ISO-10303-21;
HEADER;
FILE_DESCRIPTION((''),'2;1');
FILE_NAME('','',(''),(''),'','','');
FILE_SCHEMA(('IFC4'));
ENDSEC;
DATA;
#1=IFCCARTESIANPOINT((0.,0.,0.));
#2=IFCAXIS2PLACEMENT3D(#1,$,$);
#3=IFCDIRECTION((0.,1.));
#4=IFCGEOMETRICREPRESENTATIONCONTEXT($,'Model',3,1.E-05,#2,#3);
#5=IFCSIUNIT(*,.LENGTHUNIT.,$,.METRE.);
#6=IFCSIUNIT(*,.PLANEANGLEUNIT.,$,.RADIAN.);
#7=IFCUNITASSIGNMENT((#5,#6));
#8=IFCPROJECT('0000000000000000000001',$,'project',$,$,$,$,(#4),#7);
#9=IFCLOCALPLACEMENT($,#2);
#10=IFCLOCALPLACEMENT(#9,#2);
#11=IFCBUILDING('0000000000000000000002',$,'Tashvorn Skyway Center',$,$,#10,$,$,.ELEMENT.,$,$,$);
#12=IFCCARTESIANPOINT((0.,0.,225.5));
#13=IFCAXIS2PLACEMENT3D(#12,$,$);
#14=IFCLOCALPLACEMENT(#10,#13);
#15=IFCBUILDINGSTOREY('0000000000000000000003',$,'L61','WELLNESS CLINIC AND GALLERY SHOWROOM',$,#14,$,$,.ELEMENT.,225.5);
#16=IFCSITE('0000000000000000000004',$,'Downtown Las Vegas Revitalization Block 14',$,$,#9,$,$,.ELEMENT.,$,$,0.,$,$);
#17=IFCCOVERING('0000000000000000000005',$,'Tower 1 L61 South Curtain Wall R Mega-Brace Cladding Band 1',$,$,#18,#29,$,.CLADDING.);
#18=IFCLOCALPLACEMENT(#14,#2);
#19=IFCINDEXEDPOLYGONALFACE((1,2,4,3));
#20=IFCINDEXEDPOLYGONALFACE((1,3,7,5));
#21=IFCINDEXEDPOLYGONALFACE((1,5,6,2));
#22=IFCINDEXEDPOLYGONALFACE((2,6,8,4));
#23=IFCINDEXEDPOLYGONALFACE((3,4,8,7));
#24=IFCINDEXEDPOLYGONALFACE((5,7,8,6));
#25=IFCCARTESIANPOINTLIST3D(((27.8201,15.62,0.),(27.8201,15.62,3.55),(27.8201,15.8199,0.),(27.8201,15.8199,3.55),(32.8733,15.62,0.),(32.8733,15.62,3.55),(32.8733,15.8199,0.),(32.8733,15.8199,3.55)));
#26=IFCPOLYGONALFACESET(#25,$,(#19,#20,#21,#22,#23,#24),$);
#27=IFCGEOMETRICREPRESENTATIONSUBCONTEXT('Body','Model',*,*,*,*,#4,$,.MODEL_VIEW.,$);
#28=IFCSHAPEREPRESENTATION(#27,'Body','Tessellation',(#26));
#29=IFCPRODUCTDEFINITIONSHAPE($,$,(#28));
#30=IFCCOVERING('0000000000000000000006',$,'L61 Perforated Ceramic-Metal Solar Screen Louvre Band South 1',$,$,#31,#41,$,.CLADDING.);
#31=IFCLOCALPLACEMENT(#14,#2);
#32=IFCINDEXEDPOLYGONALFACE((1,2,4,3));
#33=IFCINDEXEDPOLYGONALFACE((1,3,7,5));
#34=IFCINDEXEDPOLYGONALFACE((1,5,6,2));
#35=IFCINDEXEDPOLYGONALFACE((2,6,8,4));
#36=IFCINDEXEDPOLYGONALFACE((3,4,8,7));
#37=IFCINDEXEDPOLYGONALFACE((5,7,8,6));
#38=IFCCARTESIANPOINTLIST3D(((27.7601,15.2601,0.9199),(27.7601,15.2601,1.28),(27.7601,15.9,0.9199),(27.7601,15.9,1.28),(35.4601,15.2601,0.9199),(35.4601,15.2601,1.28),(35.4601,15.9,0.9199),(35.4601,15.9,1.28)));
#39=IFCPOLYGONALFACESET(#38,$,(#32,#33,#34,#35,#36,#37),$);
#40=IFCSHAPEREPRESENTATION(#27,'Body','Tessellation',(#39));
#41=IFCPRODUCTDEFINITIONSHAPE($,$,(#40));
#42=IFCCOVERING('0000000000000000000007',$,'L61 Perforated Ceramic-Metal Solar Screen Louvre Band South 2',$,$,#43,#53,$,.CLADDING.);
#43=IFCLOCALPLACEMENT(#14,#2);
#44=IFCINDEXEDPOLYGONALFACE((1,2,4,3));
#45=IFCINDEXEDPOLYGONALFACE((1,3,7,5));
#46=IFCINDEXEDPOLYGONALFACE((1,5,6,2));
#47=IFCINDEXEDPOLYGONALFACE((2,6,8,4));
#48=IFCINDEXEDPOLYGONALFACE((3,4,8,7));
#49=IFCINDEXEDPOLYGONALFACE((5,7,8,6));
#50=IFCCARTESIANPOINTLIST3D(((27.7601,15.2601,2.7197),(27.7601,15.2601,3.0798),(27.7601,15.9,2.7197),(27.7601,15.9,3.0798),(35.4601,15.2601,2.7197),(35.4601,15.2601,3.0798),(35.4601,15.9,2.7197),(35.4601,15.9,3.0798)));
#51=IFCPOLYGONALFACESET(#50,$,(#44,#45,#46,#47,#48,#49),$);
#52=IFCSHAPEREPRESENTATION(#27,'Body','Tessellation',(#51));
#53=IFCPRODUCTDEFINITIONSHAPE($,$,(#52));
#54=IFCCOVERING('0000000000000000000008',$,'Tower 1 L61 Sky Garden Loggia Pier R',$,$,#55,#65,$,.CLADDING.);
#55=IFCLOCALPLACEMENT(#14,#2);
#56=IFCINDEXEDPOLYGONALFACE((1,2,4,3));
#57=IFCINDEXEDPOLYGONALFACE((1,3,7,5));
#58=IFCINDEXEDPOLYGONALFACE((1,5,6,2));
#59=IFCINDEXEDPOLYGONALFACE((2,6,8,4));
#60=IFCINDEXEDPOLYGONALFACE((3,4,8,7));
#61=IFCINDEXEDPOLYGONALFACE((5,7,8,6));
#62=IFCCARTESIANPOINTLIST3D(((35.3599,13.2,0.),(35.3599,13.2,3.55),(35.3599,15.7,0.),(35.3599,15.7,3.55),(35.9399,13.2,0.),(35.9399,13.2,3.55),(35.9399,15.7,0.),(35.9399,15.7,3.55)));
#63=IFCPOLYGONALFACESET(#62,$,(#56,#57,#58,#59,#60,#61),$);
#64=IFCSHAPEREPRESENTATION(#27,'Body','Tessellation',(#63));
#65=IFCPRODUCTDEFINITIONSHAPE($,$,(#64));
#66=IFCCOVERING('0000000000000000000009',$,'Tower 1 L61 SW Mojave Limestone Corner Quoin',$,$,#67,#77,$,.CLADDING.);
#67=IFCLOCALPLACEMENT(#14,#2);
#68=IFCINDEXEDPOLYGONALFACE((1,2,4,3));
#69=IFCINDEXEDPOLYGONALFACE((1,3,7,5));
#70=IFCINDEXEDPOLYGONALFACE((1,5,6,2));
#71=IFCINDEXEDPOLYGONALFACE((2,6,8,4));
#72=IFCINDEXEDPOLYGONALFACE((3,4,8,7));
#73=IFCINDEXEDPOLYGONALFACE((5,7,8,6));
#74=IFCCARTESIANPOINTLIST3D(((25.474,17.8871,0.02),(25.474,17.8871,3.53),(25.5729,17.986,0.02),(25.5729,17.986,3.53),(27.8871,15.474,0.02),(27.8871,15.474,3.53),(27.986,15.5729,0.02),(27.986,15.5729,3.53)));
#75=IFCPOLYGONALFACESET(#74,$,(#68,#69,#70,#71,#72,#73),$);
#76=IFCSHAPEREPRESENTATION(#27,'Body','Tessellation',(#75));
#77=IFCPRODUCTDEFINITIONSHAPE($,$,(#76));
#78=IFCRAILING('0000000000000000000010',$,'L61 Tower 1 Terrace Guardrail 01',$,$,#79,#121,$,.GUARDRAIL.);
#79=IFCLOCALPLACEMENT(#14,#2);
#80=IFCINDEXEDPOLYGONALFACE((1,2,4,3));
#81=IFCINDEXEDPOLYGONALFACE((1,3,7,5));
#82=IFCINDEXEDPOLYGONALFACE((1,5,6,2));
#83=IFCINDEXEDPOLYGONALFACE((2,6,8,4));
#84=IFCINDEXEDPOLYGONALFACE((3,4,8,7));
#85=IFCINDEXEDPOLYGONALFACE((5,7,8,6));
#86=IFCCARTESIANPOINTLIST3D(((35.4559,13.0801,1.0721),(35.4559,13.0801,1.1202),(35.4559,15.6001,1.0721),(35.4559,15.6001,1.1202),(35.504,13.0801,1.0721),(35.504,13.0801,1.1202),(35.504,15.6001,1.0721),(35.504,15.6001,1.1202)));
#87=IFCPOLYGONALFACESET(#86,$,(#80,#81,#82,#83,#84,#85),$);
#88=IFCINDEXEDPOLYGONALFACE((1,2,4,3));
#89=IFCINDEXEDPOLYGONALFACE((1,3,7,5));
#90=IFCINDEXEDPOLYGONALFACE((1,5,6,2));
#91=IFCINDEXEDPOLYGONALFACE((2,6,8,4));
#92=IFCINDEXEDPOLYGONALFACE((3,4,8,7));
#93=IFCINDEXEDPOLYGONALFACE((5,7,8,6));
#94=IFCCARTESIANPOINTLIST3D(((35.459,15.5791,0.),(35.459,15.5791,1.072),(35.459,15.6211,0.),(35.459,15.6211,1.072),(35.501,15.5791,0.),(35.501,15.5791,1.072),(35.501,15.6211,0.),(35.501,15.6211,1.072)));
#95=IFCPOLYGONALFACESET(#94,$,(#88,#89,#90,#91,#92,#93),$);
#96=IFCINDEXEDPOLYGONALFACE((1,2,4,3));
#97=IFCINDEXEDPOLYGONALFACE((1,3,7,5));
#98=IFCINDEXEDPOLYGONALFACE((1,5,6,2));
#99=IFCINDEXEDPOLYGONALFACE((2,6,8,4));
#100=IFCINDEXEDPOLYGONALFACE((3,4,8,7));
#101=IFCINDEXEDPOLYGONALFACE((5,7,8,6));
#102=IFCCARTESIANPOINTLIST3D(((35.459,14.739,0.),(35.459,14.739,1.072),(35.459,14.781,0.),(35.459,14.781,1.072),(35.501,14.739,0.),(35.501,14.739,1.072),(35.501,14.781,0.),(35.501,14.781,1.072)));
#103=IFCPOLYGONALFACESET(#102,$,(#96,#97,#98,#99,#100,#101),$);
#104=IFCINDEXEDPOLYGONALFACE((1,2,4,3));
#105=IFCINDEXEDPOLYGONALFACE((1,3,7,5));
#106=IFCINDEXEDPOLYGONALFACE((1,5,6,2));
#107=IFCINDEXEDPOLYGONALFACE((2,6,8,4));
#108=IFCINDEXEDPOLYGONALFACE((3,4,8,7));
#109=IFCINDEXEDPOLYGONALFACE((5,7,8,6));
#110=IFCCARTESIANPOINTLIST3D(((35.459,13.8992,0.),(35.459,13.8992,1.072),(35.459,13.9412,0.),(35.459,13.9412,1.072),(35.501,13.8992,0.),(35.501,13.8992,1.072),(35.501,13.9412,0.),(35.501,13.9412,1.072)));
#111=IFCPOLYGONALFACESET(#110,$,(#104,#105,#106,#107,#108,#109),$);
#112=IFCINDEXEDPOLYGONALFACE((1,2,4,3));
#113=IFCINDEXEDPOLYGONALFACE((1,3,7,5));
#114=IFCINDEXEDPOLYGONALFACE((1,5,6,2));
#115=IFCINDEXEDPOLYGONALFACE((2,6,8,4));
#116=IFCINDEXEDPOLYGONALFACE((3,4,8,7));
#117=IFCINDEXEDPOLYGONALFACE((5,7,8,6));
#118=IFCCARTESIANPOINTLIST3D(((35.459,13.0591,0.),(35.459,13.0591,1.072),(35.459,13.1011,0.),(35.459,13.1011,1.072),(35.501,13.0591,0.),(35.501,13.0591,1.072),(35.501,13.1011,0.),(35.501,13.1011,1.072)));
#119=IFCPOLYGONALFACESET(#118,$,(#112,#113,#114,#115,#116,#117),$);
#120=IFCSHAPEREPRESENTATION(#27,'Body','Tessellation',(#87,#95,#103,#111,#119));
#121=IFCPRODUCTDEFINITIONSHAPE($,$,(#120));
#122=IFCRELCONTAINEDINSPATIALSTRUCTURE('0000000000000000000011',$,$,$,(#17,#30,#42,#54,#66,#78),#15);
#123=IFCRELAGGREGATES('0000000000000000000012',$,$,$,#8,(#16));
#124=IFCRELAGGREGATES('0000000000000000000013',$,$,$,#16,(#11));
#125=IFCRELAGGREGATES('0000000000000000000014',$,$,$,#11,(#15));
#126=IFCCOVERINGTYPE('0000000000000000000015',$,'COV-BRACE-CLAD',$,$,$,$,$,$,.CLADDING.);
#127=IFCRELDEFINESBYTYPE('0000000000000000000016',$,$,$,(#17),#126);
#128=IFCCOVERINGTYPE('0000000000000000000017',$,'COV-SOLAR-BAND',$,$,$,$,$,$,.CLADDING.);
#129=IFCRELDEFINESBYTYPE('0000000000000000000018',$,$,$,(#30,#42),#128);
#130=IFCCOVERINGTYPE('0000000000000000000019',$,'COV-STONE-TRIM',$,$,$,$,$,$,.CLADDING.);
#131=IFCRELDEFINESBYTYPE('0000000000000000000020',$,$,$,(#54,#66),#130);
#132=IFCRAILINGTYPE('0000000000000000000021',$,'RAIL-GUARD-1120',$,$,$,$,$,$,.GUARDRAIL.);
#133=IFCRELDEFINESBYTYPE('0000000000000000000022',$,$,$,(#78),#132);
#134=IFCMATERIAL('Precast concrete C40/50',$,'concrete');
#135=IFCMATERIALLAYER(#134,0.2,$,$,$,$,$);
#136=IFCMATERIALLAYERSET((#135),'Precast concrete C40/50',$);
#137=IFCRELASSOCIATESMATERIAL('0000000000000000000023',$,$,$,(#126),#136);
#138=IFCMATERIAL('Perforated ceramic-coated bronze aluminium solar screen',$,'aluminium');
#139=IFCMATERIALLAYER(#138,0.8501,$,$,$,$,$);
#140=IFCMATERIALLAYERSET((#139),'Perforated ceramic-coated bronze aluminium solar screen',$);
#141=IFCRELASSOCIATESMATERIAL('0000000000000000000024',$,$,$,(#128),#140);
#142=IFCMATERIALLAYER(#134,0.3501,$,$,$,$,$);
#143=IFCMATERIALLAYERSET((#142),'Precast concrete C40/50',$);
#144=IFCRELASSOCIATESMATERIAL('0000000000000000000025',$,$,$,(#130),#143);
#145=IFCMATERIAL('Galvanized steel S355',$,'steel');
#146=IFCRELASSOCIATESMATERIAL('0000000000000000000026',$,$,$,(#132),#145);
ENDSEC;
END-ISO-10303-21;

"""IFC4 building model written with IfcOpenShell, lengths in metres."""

from ifc_helpers import new_model, si_unit, direction, frame, origin, origin_2d, place, context, subcontext, project, spatial, rectangle, extrude, material, layer, layer_set, type_object, element, save


model = new_model("IFC4")

# Units and contexts
model_context = context("Model", 3, precision=1e-05, world=origin(), true_north=direction((0.0, 1.0)))
body_context = subcontext(model_context, "Body", "Model", "MODEL_VIEW")
ifc_project = project(units=[si_unit("LENGTHUNIT", "METRE"), si_unit("PLANEANGLEUNIT", "RADIAN")], contexts=[model_context])

# Site, building, storey
site_placement = place(None, origin())
site = spatial("IfcSite", under=ifc_project, at=site_placement, Name="Downtown Las Vegas Revitalization Block 14", CompositionType="ELEMENT", RefElevation=0.0)
building_placement = place(site_placement, origin())
building = spatial("IfcBuilding", under=site, at=building_placement, Name="Tashvorn Skyway Center", CompositionType="ELEMENT")
storey_placement = place(building_placement, frame((0.0, 0.0, 225.5)))
storey = spatial("IfcBuildingStorey", under=building, at=storey_placement, Name="L61", Description="WELLNESS CLINIC AND GALLERY SHOWROOM", CompositionType="ELEMENT", Elevation=225.5)

# Shared definitions
ifc_material_1 = material(Name="Precast concrete C40/50", Category="concrete")

# Coverings
ifc_layer_1 = layer(ifc_material_1, 0.2)
ifc_layer_set_1 = layer_set([ifc_layer_1], Name="Precast concrete C40/50")
covering_type_1 = type_object("IfcCoveringType", Name="COV-BRACE-CLAD", PredefinedType="CLADDING", material=ifc_layer_set_1)
covering_1_placement = place(storey_placement, frame((30.3467, 15.72, 0.0), z_axis=(0.0, 0.0, 1.0), x_axis=(-1.0, 0.0, 0.0)))
element("IfcCovering", 1, at=covering_1_placement, inside=storey, type_object=covering_type_1, Name="Tower 1 L61 South Curtain Wall R Mega-Brace Cladding Band 1", PredefinedType="CLADDING", context=body_context, shape_type="SweptSolid", body=[
    extrude(rectangle(XDim=5.0532, YDim=0.2, at=origin_2d()), origin(), (0.0, 0.0, 1.0), 3.55),
])
ifc_material_2 = material(Name="Perforated ceramic-coated bronze aluminium solar screen", Category="aluminium")
ifc_layer_2 = layer(ifc_material_2, 0.8501)
ifc_layer_set_2 = layer_set([ifc_layer_2], Name="Perforated ceramic-coated bronze aluminium solar screen")
covering_type_2 = type_object("IfcCoveringType", Name="COV-SOLAR-BAND", PredefinedType="CLADDING", material=ifc_layer_set_2)
for number, where, z_axis, x_axis, name in (
    (2, (31.6101, 15.5801, 0.9199), (0.0, 0.0, 1.0), (-1.0, 0.0, 0.0), "L61 Perforated Ceramic-Metal Solar Screen Louvre Band South 1"),
    (3, (31.6101, 15.5801, 2.7197), (0.0, 0.0, 1.0), (-1.0, 0.0, 0.0), "L61 Perforated Ceramic-Metal Solar Screen Louvre Band South 2"),
):
    element("IfcCovering", number, at=place(storey_placement, frame(where, z_axis=z_axis, x_axis=x_axis)), inside=storey, type_object=covering_type_2, Name=name, PredefinedType="CLADDING", context=body_context, shape_type="SweptSolid", body=[
        extrude(rectangle(XDim=7.7, YDim=0.6399, at=origin_2d()), origin(), (0.0, 0.0, 1.0), 0.3601),
    ])
ifc_layer_3 = layer(ifc_material_1, 0.3501)
ifc_layer_set_3 = layer_set([ifc_layer_3], Name="Precast concrete C40/50")
covering_type_3 = type_object("IfcCoveringType", Name="COV-STONE-TRIM", PredefinedType="CLADDING", material=ifc_layer_set_3)
covering_2_placement = place(storey_placement, frame((35.6499, 14.45, 0.0), z_axis=(0.0, 0.0, 1.0), x_axis=(-1.0, 0.0, 0.0)))
element("IfcCovering", 4, at=covering_2_placement, inside=storey, type_object=covering_type_3, Name="Tower 1 L61 Sky Garden Loggia Pier R", PredefinedType="CLADDING", context=body_context, shape_type="SweptSolid", body=[
    extrude(rectangle(XDim=0.5801, YDim=2.5, at=origin_2d()), origin(), (0.0, 0.0, 1.0), 3.55),
])
covering_3_placement = place(storey_placement, frame((26.73, 16.73, 0.02), z_axis=(0.0, 0.0, 1.0), x_axis=(-0.707107, 0.707107, 0.0)))
element("IfcCovering", 5, at=covering_3_placement, inside=storey, type_object=covering_type_3, Name="Tower 1 L61 SW Mojave Limestone Corner Quoin", PredefinedType="CLADDING", context=body_context, shape_type="SweptSolid", body=[
    extrude(rectangle(XDim=3.4126, YDim=0.1399, at=origin_2d()), origin(), (0.0, 0.0, 1.0), 3.51),
])

# Railing
ifc_material_3 = material(Name="Galvanized steel S355", Category="steel")
railing_type = type_object("IfcRailingType", Name="RAIL-GUARD-1120", PredefinedType="GUARDRAIL", material=ifc_material_3)
railing_1_placement = place(storey_placement, frame((35.48, 15.6001, 0.0)))
element("IfcRailing", 6, at=railing_1_placement, inside=storey, type_object=railing_type, Name="L61 Tower 1 Terrace Guardrail 01", PredefinedType="GUARDRAIL", context=body_context, shape_type="SweptSolid", body=[
    extrude(rectangle(XDim=0.0481, YDim=0.0481, at=origin_2d()), frame((0.0, 0.0, 1.0962), z_axis=(0.0, -1.0, 0.0), x_axis=(1.0, 0.0, 0.0)), (0.0, 0.0, 1.0), 2.52),
    extrude(rectangle(XDim=0.042, YDim=0.042, at=origin_2d()), origin(), (0.0, 0.0, 1.0), 1.072),
    extrude(rectangle(XDim=0.042, YDim=0.042, at=origin_2d()), frame((0.0, -0.8401, 0.0)), (0.0, 0.0, 1.0), 1.072),
    extrude(rectangle(XDim=0.042, YDim=0.042, at=origin_2d()), frame((0.0, -1.6799, 0.0)), (0.0, 0.0, 1.0), 1.072),
    extrude(rectangle(XDim=0.042, YDim=0.042, at=origin_2d()), frame((0.0, -2.52, 0.0)), (0.0, 0.0, 1.0), 1.072),
])

save(model, "model.ifc")
